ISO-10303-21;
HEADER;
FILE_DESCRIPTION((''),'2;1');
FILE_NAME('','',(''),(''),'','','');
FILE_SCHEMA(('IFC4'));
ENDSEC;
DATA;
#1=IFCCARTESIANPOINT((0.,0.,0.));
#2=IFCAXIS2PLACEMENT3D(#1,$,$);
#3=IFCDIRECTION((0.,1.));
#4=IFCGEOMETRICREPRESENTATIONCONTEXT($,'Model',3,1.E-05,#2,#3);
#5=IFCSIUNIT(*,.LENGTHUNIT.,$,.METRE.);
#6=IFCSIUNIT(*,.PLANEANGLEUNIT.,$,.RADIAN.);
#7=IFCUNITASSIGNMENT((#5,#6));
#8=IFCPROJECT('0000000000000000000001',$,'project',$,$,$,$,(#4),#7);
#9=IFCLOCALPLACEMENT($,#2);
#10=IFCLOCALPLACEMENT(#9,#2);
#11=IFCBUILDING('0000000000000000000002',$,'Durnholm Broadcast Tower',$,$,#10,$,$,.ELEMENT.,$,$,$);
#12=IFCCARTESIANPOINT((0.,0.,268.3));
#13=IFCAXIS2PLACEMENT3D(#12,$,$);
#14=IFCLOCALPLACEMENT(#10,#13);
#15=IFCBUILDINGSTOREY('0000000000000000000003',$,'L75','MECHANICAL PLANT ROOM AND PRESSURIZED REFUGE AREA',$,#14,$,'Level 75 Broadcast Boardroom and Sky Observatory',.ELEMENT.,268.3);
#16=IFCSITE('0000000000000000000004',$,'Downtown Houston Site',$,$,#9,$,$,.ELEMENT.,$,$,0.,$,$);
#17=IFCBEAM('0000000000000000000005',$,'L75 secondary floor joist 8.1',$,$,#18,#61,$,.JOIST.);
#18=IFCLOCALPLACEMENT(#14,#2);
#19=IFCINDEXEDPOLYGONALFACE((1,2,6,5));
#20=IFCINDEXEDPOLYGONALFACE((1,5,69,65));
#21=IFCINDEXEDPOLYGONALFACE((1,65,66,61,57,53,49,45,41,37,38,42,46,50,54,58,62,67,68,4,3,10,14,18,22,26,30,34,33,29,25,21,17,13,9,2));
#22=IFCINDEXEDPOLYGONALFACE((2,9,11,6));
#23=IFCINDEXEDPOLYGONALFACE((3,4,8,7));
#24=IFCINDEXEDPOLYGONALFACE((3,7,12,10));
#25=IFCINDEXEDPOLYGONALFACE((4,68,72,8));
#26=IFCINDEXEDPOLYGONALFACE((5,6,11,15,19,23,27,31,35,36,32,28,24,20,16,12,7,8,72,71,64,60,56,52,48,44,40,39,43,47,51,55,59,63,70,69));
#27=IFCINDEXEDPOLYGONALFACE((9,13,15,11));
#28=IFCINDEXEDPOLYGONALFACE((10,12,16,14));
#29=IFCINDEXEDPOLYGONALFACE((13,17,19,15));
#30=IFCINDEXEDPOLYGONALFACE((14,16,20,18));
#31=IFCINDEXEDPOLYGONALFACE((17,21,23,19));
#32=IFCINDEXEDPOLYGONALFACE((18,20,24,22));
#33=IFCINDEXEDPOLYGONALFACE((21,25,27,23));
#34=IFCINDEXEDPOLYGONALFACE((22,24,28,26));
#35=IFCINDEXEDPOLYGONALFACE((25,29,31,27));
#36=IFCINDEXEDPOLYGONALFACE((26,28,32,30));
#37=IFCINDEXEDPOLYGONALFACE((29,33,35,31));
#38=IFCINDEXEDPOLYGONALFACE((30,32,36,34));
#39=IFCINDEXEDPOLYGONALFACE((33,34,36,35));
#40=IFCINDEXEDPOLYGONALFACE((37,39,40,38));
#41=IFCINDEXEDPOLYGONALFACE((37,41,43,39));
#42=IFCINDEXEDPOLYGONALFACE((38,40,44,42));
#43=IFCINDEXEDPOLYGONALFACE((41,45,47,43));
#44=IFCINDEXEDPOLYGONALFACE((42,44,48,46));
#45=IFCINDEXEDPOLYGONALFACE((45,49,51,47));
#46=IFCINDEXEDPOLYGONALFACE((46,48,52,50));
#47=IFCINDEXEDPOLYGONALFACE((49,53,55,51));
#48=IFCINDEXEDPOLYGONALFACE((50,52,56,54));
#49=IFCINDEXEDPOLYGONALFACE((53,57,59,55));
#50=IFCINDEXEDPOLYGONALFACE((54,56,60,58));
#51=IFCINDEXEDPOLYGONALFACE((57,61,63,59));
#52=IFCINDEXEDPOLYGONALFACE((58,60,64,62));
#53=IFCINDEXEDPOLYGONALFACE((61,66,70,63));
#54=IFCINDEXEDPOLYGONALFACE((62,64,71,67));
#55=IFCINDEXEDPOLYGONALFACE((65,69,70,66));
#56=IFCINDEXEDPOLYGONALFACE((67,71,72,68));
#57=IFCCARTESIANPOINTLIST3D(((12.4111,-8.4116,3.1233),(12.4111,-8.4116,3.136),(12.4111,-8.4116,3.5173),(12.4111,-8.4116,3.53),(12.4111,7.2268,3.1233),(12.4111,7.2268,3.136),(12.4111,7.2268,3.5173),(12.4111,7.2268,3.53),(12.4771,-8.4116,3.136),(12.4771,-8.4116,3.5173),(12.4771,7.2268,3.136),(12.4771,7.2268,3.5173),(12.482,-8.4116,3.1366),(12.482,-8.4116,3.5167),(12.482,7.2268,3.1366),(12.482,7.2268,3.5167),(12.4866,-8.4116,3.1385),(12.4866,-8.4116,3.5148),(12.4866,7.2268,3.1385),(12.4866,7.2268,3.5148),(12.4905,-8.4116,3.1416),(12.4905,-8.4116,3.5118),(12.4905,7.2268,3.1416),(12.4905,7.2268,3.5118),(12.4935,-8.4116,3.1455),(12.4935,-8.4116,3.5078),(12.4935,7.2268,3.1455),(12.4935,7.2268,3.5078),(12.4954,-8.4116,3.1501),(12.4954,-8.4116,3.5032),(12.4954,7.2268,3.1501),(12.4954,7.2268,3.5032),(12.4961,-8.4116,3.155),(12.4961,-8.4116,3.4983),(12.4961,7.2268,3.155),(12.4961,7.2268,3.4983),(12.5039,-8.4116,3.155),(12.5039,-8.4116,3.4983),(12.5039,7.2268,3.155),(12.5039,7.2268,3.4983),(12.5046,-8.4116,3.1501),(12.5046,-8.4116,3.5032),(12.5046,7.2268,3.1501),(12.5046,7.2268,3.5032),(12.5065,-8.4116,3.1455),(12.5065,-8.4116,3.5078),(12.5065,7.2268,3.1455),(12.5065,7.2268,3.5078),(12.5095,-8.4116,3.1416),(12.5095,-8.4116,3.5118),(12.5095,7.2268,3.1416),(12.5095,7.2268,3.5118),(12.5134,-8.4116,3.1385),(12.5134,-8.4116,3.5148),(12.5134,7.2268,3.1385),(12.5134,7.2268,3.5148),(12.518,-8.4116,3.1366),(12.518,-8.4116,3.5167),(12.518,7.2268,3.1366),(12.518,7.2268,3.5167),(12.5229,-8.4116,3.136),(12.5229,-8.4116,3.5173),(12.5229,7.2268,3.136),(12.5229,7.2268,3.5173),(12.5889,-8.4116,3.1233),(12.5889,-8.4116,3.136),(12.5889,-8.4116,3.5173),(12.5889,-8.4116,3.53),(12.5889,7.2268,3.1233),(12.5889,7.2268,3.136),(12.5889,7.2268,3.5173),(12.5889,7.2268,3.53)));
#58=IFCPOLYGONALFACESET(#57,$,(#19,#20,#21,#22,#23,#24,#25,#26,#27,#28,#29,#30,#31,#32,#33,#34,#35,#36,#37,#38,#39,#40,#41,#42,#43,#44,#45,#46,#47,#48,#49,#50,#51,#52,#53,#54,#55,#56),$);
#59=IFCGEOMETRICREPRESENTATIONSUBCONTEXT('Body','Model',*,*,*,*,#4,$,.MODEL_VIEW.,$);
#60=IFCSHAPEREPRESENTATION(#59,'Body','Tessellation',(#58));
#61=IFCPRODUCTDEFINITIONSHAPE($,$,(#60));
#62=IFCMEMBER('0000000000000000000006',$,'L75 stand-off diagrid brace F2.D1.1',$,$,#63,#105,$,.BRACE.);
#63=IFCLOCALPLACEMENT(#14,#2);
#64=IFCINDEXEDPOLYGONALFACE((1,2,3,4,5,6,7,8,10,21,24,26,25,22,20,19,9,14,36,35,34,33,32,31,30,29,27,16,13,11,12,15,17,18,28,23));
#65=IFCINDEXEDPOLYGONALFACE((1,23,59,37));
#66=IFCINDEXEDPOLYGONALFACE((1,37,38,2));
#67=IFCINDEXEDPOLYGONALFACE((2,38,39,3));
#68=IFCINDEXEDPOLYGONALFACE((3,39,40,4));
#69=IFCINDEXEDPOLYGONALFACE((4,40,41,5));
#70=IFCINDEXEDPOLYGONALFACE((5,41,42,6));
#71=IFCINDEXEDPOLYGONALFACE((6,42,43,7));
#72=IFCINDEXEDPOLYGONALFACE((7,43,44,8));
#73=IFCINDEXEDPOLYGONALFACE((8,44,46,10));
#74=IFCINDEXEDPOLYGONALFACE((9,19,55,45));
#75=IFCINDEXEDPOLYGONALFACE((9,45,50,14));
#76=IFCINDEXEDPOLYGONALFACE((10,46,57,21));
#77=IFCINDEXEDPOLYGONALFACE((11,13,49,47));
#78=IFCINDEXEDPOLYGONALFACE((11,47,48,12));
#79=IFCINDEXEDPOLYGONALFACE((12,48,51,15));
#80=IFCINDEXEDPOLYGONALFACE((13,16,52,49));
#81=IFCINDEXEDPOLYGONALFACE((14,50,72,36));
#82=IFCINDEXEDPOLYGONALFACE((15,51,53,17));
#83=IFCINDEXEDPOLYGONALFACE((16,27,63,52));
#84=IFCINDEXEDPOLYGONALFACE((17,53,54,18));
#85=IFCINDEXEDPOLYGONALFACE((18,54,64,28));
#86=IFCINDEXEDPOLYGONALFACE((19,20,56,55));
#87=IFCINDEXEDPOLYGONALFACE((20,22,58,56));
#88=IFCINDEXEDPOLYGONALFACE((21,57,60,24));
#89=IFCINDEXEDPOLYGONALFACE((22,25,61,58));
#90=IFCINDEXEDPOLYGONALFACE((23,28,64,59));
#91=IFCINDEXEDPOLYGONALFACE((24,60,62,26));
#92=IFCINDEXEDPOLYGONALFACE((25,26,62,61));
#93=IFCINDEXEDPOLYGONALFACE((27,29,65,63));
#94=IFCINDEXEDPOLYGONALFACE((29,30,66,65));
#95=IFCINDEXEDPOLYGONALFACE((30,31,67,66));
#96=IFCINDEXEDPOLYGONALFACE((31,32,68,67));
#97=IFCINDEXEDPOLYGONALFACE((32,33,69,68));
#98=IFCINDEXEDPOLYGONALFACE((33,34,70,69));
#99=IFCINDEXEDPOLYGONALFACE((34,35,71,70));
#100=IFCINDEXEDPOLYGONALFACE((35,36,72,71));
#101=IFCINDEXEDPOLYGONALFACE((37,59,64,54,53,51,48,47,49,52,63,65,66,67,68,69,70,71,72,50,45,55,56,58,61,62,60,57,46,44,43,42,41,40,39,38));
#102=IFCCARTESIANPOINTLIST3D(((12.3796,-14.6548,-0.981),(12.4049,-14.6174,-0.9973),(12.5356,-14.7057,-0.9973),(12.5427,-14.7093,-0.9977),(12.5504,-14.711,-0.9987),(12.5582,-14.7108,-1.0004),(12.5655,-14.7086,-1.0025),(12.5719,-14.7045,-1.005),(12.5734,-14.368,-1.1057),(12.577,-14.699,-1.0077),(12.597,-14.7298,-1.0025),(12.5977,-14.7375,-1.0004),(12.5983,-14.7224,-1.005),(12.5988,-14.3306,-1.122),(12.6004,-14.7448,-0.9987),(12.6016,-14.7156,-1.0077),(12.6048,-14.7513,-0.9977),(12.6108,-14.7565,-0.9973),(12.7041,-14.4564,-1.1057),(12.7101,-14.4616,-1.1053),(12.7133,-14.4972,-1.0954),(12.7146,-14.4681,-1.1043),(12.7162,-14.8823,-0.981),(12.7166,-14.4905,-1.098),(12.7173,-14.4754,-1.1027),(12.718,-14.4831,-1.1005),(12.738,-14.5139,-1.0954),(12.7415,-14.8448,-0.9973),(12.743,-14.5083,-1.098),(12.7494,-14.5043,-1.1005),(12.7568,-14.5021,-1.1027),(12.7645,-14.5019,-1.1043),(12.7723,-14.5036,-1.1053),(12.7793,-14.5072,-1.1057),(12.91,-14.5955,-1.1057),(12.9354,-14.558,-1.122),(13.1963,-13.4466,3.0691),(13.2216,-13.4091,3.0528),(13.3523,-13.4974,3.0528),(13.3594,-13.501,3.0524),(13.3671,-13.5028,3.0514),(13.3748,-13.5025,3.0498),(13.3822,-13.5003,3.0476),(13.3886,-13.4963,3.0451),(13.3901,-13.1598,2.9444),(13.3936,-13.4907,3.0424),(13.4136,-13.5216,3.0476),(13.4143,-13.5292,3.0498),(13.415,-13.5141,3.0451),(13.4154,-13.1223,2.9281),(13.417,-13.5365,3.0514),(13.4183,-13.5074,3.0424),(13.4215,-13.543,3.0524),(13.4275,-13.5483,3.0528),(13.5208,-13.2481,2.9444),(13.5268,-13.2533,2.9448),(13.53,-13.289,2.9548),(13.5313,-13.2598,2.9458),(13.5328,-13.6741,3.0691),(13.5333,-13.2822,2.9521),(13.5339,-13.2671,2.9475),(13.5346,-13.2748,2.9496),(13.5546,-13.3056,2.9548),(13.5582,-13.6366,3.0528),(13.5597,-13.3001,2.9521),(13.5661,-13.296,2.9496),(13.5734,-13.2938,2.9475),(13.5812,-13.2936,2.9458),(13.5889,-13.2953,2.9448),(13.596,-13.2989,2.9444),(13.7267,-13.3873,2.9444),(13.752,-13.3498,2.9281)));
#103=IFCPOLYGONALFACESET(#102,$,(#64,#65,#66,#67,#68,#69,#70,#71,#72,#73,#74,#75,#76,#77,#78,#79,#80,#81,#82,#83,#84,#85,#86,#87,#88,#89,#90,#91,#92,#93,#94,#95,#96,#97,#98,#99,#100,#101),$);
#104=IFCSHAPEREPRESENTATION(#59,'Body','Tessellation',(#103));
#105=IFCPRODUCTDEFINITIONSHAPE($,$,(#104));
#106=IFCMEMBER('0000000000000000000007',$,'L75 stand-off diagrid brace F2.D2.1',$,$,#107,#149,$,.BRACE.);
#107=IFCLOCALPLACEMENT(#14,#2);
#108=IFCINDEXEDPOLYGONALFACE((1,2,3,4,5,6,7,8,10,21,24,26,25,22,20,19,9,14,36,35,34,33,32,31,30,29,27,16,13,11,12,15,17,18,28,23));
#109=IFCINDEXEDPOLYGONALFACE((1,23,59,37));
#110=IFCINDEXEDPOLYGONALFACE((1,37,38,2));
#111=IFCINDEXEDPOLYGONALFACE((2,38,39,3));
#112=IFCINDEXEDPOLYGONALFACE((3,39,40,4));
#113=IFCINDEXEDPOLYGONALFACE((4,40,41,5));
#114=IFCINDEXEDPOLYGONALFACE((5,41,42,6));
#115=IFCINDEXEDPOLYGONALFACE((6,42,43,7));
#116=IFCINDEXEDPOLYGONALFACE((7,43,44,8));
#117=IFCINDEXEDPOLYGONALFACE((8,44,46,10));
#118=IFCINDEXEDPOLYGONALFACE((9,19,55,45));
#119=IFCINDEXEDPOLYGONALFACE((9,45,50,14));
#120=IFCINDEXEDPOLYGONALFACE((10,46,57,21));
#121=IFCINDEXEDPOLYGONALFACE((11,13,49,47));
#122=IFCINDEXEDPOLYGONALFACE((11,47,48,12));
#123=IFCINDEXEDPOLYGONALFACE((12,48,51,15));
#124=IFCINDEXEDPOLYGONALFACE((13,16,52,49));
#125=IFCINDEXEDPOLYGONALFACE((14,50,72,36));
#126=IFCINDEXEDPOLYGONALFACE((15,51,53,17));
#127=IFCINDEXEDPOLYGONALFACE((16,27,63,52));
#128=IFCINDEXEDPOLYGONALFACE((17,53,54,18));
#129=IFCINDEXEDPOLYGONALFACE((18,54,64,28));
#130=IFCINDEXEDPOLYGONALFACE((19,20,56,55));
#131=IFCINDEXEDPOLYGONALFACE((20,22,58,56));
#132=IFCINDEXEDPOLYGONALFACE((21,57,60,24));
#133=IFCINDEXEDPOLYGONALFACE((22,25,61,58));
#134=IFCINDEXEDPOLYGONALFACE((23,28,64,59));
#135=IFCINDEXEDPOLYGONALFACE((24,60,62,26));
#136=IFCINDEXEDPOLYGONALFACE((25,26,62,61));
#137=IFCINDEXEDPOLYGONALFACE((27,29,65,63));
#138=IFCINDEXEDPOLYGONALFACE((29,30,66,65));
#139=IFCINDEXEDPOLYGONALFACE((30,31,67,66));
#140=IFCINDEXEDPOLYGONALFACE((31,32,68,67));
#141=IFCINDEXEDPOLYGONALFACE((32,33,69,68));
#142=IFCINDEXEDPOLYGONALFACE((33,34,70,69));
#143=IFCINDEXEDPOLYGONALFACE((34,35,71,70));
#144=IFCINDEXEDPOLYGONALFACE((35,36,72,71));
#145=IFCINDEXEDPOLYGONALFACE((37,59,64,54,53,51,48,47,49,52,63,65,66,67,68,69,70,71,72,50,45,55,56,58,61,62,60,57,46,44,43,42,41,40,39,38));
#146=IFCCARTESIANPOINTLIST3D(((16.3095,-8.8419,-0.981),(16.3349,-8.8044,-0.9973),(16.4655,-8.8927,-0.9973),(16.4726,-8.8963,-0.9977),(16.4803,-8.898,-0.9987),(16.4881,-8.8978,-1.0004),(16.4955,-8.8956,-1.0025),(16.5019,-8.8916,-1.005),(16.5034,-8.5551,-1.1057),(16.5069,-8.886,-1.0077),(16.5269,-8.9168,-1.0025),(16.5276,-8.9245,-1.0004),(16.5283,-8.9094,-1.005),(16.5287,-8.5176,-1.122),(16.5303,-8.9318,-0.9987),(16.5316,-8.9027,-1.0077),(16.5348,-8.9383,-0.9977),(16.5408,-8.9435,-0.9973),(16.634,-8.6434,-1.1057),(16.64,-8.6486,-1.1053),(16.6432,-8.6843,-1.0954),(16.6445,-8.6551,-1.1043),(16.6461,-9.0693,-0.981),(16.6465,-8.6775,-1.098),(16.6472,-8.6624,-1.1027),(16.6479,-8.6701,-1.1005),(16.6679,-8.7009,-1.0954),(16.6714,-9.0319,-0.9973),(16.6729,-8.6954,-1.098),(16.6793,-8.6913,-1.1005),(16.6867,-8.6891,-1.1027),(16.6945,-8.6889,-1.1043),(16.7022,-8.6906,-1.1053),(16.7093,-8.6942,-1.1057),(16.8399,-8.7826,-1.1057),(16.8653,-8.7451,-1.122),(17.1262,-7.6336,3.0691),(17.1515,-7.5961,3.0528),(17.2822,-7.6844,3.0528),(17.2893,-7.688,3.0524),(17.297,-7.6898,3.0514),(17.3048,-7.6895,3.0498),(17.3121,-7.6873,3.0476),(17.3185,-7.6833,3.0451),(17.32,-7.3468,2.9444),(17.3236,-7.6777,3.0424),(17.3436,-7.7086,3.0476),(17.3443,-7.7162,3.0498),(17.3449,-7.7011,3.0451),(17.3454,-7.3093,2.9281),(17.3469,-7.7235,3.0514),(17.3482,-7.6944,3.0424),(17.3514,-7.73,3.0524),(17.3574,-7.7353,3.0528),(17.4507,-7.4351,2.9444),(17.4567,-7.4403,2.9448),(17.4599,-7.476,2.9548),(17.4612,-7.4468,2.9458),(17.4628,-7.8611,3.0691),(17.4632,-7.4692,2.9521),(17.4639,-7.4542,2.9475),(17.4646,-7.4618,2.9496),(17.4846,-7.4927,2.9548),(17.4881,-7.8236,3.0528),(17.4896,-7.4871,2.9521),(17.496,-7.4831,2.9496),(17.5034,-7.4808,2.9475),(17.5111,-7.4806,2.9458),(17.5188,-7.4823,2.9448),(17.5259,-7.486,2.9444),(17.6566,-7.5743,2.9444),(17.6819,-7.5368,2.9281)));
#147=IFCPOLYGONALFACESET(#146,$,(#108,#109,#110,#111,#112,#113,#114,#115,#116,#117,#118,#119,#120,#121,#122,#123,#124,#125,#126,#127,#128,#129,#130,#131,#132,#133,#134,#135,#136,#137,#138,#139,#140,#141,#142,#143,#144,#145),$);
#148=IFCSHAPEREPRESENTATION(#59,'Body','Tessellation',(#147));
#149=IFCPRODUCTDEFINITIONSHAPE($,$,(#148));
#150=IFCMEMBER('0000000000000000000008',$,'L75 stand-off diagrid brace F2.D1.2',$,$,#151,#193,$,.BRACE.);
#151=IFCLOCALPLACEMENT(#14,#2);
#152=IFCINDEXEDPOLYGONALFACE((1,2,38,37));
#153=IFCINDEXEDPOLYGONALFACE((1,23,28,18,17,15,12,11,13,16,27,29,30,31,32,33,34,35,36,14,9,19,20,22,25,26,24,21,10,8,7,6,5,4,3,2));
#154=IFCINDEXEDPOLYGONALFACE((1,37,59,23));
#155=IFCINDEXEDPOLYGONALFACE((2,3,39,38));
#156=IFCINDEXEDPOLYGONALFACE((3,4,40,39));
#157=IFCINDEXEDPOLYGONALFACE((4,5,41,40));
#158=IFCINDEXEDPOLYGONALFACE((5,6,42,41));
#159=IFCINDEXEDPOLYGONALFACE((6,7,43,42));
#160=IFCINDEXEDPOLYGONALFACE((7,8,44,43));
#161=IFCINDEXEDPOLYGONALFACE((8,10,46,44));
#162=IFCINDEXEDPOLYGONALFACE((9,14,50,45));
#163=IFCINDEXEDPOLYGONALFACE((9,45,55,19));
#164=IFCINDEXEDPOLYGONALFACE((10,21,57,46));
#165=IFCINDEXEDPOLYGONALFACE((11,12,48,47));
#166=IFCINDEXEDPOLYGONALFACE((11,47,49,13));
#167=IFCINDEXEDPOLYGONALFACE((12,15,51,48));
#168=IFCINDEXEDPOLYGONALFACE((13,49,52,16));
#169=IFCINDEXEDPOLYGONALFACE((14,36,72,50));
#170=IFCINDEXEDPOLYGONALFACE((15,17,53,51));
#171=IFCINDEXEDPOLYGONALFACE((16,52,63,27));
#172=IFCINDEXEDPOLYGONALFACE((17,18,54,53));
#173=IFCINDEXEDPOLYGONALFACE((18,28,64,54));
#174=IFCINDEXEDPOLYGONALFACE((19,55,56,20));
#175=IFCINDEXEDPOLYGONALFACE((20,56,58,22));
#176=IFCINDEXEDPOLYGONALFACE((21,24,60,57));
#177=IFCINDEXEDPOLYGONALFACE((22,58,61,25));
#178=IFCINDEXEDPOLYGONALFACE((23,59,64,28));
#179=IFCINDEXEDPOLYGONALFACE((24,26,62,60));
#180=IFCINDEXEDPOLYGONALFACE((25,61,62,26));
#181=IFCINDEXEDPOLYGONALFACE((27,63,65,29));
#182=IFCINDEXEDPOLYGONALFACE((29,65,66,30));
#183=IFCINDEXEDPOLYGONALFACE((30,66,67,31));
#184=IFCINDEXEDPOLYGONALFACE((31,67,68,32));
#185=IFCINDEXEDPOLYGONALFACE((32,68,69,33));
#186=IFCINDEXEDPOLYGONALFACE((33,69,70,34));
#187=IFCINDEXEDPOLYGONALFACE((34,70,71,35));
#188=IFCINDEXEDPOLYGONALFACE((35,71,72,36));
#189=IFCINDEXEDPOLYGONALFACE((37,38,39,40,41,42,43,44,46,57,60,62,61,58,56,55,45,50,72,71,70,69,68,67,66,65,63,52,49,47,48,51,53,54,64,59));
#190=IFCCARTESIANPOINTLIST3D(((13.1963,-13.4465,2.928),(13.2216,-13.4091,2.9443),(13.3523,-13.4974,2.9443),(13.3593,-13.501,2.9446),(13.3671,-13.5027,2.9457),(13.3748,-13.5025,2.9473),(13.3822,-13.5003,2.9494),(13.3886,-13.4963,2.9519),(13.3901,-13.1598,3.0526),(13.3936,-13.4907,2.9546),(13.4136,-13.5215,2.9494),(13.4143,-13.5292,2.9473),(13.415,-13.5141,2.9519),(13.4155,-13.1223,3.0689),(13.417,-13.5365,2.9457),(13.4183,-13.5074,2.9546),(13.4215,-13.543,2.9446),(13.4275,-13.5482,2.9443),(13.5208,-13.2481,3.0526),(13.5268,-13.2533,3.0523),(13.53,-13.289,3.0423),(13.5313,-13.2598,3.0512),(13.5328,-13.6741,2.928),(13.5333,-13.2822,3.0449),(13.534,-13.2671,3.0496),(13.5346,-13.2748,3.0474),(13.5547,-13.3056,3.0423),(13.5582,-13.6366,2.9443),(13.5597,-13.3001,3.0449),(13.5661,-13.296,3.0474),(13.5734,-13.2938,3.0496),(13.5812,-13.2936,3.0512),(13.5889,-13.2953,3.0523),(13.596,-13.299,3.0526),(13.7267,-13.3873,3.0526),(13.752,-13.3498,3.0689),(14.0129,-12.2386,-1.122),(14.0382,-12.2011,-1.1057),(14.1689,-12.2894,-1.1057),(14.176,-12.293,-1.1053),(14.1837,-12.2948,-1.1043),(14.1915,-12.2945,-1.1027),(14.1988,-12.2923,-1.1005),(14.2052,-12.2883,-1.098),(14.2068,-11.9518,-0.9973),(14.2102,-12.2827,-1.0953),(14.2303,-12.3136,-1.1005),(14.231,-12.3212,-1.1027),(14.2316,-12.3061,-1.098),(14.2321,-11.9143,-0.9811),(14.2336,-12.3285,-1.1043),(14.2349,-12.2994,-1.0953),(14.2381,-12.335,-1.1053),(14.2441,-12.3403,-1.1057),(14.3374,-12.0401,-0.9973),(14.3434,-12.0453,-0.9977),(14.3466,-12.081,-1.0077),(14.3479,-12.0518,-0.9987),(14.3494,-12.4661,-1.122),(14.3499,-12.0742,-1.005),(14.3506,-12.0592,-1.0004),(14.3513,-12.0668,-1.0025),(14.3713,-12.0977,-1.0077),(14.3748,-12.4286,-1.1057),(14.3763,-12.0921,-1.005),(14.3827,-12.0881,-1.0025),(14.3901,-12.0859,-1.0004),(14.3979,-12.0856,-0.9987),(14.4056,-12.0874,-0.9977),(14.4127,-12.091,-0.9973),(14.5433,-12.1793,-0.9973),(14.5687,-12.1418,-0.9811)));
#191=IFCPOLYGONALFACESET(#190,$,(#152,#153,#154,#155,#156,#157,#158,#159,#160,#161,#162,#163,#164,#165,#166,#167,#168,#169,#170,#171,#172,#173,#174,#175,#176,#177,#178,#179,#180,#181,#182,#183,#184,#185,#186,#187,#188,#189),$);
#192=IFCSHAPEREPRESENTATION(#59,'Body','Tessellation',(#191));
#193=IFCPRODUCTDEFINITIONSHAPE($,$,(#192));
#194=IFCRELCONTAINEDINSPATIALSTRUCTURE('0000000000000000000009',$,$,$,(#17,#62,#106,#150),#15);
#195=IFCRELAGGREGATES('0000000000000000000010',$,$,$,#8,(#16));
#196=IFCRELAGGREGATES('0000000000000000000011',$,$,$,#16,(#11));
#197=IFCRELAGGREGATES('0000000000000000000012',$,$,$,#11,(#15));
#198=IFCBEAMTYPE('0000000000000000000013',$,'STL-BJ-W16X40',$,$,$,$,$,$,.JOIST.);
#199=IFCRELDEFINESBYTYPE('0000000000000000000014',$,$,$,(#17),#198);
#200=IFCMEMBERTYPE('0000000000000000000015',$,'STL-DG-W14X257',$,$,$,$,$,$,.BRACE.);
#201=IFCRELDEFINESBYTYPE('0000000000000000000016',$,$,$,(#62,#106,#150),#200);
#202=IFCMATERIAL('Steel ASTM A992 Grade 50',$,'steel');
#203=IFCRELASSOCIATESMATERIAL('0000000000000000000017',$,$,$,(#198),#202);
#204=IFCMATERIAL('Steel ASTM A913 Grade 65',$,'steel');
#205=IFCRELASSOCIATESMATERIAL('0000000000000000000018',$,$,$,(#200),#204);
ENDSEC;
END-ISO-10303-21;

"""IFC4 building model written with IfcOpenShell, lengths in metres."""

from ifc_helpers import new_model, si_unit, direction, frame, origin, origin_2d, place, context, subcontext, project, spatial, i_section, extrude, source, transform, mapped, material, material_profile, profile_set, type_object, type_shapes, element, save


model = new_model("IFC4")

# Units and contexts
model_context = context("Model", 3, precision=1e-05, world=origin(), true_north=direction((0.0, 1.0)))
body_context = subcontext(model_context, "Body", "Model", "MODEL_VIEW")
ifc_project = project(units=[si_unit("LENGTHUNIT", "METRE"), si_unit("PLANEANGLEUNIT", "RADIAN")], contexts=[model_context])

# Site, building, storey
site_placement = place(None, origin())
site = spatial("IfcSite", under=ifc_project, at=site_placement, Name="Downtown Houston Site", CompositionType="ELEMENT", RefElevation=0.0)
building_placement = place(site_placement, origin())
building = spatial("IfcBuilding", under=site, at=building_placement, Name="Durnholm Broadcast Tower", CompositionType="ELEMENT")
storey_placement = place(building_placement, frame((0.0, 0.0, 268.3)))
storey = spatial("IfcBuildingStorey", under=building, at=storey_placement, Name="L75", Description="MECHANICAL PLANT ROOM AND PRESSURIZED REFUGE AREA", LongName="Level 75 Broadcast Boardroom and Sky Observatory", CompositionType="ELEMENT", Elevation=268.3)

# Beam
ifc_material_1 = material(Name="Steel ASTM A992 Grade 50", Category="steel")
ifc_material_profile_1 = material_profile(ifc_material_1, i_section(OverallWidth=0.1777, OverallDepth=0.4067, WebThickness=0.0078, FlangeThickness=0.0127, FilletRadius=0.019, at=origin_2d()), Name="W16X40")
ifc_profile_set_1 = profile_set([ifc_material_profile_1], Name="Steel ASTM A992 Grade 50")
beam_type_1 = type_object("IfcBeamType", Name="STL-BJ-W16X40", PredefinedType="JOIST", material=ifc_profile_set_1)
shared_shape_1 = source(origin(), body_context, "Body", "SweptSolid", [
    extrude(i_section(OverallWidth=0.1777, OverallDepth=0.4067, WebThickness=0.0078, FlangeThickness=0.0127, FilletRadius=0.019, at=origin_2d()), origin(), (0.0, 0.0, 1.0), 15.6384),
])
type_shapes(beam_type_1, [shared_shape_1])
beam_1_placement = place(storey_placement, frame((12.5, -8.4116, 3.3267), z_axis=(0.0, 1.0, 0.0), x_axis=(-1.0, 0.0, 0.0)))
element("IfcBeam", 1, at=beam_1_placement, inside=storey, type_object=beam_type_1, Name="L75 secondary floor joist 8.1", PredefinedType="JOIST", context=body_context, shape_type="MappedRepresentation", body=[
    mapped(shared_shape_1, transform((0.0, 0.0, 0.0), x_axis=(1.0, 0.0, 0.0), y_axis=(0.0, 1.0, 0.0), z_axis=(0.0, 0.0, 1.0), scale=1.0)),
])

# Members
ifc_material_2 = material(Name="Steel ASTM A913 Grade 65", Category="steel")
ifc_material_profile_2 = material_profile(ifc_material_2, i_section(OverallWidth=0.4062, OverallDepth=0.416, WebThickness=0.0298, FlangeThickness=0.0481, FilletRadius=0.0305, at=origin_2d()), Name="W14X257")
ifc_profile_set_2 = profile_set([ifc_material_profile_2], Name="Steel ASTM A913 Grade 65")
member_type_1 = type_object("IfcMemberType", Name="STL-DG-W14X257", PredefinedType="BRACE", material=ifc_profile_set_2)
shared_shape_2 = source(origin(), body_context, "Body", "SweptSolid", [
    extrude(i_section(OverallWidth=0.4062, OverallDepth=0.416, WebThickness=0.0298, FlangeThickness=0.0481, FilletRadius=0.0305, at=origin_2d()), origin(), (0.0, 0.0, 1.0), 4.3047),
])
for number, where, z_axis, x_axis, name in (
    (2, (12.6575, -14.6064, -1.0515), (0.189715, 0.280688, 0.940863), (-0.828505, 0.559982, 0.0), "L75 stand-off diagrid brace F2.D1.1"),
    (3, (16.5874, -8.7935, -1.0515), (0.189715, 0.280688, 0.940863), (-0.828505, 0.559982, 0.0), "L75 stand-off diagrid brace F2.D2.1"),
):
    element("IfcMember", number, at=place(storey_placement, frame(where, z_axis=z_axis, x_axis=x_axis)), inside=storey, type_object=member_type_1, Name=name, PredefinedType="BRACE", context=body_context, shape_type="MappedRepresentation", body=[
        mapped(shared_shape_2, transform((0.0, 0.0, 0.0), x_axis=(1.0, 0.0, 0.0), y_axis=(0.0, 1.0, 0.0), z_axis=(0.0, 0.0, 1.0), scale=1.0)),
    ])
shared_shape_3 = source(origin(), body_context, "Body", "SweptSolid", [
    extrude(i_section(OverallWidth=0.4062, OverallDepth=0.416, WebThickness=0.0298, FlangeThickness=0.0481, FilletRadius=0.0305, at=origin_2d()), origin(), (0.0, 0.0, 1.0), 4.3044),
])
type_shapes(member_type_1, [shared_shape_2, shared_shape_3])
for number, where, z_axis, x_axis, name in (
    (4, (14.2908, -12.1902, -1.0515), (-0.189718, -0.280636, 0.940878), (0.828452, -0.560059, 0.0), "L75 stand-off diagrid brace F2.D1.2"),
):
    element("IfcMember", number, at=place(storey_placement, frame(where, z_axis=z_axis, x_axis=x_axis)), inside=storey, type_object=member_type_1, Name=name, PredefinedType="BRACE", context=body_context, shape_type="MappedRepresentation", body=[
        mapped(shared_shape_3, transform((0.0, 0.0, 0.0), x_axis=(1.0, 0.0, 0.0), y_axis=(0.0, 1.0, 0.0), z_axis=(0.0, 0.0, 1.0), scale=1.0)),
    ])

save(model, "model.ifc")
